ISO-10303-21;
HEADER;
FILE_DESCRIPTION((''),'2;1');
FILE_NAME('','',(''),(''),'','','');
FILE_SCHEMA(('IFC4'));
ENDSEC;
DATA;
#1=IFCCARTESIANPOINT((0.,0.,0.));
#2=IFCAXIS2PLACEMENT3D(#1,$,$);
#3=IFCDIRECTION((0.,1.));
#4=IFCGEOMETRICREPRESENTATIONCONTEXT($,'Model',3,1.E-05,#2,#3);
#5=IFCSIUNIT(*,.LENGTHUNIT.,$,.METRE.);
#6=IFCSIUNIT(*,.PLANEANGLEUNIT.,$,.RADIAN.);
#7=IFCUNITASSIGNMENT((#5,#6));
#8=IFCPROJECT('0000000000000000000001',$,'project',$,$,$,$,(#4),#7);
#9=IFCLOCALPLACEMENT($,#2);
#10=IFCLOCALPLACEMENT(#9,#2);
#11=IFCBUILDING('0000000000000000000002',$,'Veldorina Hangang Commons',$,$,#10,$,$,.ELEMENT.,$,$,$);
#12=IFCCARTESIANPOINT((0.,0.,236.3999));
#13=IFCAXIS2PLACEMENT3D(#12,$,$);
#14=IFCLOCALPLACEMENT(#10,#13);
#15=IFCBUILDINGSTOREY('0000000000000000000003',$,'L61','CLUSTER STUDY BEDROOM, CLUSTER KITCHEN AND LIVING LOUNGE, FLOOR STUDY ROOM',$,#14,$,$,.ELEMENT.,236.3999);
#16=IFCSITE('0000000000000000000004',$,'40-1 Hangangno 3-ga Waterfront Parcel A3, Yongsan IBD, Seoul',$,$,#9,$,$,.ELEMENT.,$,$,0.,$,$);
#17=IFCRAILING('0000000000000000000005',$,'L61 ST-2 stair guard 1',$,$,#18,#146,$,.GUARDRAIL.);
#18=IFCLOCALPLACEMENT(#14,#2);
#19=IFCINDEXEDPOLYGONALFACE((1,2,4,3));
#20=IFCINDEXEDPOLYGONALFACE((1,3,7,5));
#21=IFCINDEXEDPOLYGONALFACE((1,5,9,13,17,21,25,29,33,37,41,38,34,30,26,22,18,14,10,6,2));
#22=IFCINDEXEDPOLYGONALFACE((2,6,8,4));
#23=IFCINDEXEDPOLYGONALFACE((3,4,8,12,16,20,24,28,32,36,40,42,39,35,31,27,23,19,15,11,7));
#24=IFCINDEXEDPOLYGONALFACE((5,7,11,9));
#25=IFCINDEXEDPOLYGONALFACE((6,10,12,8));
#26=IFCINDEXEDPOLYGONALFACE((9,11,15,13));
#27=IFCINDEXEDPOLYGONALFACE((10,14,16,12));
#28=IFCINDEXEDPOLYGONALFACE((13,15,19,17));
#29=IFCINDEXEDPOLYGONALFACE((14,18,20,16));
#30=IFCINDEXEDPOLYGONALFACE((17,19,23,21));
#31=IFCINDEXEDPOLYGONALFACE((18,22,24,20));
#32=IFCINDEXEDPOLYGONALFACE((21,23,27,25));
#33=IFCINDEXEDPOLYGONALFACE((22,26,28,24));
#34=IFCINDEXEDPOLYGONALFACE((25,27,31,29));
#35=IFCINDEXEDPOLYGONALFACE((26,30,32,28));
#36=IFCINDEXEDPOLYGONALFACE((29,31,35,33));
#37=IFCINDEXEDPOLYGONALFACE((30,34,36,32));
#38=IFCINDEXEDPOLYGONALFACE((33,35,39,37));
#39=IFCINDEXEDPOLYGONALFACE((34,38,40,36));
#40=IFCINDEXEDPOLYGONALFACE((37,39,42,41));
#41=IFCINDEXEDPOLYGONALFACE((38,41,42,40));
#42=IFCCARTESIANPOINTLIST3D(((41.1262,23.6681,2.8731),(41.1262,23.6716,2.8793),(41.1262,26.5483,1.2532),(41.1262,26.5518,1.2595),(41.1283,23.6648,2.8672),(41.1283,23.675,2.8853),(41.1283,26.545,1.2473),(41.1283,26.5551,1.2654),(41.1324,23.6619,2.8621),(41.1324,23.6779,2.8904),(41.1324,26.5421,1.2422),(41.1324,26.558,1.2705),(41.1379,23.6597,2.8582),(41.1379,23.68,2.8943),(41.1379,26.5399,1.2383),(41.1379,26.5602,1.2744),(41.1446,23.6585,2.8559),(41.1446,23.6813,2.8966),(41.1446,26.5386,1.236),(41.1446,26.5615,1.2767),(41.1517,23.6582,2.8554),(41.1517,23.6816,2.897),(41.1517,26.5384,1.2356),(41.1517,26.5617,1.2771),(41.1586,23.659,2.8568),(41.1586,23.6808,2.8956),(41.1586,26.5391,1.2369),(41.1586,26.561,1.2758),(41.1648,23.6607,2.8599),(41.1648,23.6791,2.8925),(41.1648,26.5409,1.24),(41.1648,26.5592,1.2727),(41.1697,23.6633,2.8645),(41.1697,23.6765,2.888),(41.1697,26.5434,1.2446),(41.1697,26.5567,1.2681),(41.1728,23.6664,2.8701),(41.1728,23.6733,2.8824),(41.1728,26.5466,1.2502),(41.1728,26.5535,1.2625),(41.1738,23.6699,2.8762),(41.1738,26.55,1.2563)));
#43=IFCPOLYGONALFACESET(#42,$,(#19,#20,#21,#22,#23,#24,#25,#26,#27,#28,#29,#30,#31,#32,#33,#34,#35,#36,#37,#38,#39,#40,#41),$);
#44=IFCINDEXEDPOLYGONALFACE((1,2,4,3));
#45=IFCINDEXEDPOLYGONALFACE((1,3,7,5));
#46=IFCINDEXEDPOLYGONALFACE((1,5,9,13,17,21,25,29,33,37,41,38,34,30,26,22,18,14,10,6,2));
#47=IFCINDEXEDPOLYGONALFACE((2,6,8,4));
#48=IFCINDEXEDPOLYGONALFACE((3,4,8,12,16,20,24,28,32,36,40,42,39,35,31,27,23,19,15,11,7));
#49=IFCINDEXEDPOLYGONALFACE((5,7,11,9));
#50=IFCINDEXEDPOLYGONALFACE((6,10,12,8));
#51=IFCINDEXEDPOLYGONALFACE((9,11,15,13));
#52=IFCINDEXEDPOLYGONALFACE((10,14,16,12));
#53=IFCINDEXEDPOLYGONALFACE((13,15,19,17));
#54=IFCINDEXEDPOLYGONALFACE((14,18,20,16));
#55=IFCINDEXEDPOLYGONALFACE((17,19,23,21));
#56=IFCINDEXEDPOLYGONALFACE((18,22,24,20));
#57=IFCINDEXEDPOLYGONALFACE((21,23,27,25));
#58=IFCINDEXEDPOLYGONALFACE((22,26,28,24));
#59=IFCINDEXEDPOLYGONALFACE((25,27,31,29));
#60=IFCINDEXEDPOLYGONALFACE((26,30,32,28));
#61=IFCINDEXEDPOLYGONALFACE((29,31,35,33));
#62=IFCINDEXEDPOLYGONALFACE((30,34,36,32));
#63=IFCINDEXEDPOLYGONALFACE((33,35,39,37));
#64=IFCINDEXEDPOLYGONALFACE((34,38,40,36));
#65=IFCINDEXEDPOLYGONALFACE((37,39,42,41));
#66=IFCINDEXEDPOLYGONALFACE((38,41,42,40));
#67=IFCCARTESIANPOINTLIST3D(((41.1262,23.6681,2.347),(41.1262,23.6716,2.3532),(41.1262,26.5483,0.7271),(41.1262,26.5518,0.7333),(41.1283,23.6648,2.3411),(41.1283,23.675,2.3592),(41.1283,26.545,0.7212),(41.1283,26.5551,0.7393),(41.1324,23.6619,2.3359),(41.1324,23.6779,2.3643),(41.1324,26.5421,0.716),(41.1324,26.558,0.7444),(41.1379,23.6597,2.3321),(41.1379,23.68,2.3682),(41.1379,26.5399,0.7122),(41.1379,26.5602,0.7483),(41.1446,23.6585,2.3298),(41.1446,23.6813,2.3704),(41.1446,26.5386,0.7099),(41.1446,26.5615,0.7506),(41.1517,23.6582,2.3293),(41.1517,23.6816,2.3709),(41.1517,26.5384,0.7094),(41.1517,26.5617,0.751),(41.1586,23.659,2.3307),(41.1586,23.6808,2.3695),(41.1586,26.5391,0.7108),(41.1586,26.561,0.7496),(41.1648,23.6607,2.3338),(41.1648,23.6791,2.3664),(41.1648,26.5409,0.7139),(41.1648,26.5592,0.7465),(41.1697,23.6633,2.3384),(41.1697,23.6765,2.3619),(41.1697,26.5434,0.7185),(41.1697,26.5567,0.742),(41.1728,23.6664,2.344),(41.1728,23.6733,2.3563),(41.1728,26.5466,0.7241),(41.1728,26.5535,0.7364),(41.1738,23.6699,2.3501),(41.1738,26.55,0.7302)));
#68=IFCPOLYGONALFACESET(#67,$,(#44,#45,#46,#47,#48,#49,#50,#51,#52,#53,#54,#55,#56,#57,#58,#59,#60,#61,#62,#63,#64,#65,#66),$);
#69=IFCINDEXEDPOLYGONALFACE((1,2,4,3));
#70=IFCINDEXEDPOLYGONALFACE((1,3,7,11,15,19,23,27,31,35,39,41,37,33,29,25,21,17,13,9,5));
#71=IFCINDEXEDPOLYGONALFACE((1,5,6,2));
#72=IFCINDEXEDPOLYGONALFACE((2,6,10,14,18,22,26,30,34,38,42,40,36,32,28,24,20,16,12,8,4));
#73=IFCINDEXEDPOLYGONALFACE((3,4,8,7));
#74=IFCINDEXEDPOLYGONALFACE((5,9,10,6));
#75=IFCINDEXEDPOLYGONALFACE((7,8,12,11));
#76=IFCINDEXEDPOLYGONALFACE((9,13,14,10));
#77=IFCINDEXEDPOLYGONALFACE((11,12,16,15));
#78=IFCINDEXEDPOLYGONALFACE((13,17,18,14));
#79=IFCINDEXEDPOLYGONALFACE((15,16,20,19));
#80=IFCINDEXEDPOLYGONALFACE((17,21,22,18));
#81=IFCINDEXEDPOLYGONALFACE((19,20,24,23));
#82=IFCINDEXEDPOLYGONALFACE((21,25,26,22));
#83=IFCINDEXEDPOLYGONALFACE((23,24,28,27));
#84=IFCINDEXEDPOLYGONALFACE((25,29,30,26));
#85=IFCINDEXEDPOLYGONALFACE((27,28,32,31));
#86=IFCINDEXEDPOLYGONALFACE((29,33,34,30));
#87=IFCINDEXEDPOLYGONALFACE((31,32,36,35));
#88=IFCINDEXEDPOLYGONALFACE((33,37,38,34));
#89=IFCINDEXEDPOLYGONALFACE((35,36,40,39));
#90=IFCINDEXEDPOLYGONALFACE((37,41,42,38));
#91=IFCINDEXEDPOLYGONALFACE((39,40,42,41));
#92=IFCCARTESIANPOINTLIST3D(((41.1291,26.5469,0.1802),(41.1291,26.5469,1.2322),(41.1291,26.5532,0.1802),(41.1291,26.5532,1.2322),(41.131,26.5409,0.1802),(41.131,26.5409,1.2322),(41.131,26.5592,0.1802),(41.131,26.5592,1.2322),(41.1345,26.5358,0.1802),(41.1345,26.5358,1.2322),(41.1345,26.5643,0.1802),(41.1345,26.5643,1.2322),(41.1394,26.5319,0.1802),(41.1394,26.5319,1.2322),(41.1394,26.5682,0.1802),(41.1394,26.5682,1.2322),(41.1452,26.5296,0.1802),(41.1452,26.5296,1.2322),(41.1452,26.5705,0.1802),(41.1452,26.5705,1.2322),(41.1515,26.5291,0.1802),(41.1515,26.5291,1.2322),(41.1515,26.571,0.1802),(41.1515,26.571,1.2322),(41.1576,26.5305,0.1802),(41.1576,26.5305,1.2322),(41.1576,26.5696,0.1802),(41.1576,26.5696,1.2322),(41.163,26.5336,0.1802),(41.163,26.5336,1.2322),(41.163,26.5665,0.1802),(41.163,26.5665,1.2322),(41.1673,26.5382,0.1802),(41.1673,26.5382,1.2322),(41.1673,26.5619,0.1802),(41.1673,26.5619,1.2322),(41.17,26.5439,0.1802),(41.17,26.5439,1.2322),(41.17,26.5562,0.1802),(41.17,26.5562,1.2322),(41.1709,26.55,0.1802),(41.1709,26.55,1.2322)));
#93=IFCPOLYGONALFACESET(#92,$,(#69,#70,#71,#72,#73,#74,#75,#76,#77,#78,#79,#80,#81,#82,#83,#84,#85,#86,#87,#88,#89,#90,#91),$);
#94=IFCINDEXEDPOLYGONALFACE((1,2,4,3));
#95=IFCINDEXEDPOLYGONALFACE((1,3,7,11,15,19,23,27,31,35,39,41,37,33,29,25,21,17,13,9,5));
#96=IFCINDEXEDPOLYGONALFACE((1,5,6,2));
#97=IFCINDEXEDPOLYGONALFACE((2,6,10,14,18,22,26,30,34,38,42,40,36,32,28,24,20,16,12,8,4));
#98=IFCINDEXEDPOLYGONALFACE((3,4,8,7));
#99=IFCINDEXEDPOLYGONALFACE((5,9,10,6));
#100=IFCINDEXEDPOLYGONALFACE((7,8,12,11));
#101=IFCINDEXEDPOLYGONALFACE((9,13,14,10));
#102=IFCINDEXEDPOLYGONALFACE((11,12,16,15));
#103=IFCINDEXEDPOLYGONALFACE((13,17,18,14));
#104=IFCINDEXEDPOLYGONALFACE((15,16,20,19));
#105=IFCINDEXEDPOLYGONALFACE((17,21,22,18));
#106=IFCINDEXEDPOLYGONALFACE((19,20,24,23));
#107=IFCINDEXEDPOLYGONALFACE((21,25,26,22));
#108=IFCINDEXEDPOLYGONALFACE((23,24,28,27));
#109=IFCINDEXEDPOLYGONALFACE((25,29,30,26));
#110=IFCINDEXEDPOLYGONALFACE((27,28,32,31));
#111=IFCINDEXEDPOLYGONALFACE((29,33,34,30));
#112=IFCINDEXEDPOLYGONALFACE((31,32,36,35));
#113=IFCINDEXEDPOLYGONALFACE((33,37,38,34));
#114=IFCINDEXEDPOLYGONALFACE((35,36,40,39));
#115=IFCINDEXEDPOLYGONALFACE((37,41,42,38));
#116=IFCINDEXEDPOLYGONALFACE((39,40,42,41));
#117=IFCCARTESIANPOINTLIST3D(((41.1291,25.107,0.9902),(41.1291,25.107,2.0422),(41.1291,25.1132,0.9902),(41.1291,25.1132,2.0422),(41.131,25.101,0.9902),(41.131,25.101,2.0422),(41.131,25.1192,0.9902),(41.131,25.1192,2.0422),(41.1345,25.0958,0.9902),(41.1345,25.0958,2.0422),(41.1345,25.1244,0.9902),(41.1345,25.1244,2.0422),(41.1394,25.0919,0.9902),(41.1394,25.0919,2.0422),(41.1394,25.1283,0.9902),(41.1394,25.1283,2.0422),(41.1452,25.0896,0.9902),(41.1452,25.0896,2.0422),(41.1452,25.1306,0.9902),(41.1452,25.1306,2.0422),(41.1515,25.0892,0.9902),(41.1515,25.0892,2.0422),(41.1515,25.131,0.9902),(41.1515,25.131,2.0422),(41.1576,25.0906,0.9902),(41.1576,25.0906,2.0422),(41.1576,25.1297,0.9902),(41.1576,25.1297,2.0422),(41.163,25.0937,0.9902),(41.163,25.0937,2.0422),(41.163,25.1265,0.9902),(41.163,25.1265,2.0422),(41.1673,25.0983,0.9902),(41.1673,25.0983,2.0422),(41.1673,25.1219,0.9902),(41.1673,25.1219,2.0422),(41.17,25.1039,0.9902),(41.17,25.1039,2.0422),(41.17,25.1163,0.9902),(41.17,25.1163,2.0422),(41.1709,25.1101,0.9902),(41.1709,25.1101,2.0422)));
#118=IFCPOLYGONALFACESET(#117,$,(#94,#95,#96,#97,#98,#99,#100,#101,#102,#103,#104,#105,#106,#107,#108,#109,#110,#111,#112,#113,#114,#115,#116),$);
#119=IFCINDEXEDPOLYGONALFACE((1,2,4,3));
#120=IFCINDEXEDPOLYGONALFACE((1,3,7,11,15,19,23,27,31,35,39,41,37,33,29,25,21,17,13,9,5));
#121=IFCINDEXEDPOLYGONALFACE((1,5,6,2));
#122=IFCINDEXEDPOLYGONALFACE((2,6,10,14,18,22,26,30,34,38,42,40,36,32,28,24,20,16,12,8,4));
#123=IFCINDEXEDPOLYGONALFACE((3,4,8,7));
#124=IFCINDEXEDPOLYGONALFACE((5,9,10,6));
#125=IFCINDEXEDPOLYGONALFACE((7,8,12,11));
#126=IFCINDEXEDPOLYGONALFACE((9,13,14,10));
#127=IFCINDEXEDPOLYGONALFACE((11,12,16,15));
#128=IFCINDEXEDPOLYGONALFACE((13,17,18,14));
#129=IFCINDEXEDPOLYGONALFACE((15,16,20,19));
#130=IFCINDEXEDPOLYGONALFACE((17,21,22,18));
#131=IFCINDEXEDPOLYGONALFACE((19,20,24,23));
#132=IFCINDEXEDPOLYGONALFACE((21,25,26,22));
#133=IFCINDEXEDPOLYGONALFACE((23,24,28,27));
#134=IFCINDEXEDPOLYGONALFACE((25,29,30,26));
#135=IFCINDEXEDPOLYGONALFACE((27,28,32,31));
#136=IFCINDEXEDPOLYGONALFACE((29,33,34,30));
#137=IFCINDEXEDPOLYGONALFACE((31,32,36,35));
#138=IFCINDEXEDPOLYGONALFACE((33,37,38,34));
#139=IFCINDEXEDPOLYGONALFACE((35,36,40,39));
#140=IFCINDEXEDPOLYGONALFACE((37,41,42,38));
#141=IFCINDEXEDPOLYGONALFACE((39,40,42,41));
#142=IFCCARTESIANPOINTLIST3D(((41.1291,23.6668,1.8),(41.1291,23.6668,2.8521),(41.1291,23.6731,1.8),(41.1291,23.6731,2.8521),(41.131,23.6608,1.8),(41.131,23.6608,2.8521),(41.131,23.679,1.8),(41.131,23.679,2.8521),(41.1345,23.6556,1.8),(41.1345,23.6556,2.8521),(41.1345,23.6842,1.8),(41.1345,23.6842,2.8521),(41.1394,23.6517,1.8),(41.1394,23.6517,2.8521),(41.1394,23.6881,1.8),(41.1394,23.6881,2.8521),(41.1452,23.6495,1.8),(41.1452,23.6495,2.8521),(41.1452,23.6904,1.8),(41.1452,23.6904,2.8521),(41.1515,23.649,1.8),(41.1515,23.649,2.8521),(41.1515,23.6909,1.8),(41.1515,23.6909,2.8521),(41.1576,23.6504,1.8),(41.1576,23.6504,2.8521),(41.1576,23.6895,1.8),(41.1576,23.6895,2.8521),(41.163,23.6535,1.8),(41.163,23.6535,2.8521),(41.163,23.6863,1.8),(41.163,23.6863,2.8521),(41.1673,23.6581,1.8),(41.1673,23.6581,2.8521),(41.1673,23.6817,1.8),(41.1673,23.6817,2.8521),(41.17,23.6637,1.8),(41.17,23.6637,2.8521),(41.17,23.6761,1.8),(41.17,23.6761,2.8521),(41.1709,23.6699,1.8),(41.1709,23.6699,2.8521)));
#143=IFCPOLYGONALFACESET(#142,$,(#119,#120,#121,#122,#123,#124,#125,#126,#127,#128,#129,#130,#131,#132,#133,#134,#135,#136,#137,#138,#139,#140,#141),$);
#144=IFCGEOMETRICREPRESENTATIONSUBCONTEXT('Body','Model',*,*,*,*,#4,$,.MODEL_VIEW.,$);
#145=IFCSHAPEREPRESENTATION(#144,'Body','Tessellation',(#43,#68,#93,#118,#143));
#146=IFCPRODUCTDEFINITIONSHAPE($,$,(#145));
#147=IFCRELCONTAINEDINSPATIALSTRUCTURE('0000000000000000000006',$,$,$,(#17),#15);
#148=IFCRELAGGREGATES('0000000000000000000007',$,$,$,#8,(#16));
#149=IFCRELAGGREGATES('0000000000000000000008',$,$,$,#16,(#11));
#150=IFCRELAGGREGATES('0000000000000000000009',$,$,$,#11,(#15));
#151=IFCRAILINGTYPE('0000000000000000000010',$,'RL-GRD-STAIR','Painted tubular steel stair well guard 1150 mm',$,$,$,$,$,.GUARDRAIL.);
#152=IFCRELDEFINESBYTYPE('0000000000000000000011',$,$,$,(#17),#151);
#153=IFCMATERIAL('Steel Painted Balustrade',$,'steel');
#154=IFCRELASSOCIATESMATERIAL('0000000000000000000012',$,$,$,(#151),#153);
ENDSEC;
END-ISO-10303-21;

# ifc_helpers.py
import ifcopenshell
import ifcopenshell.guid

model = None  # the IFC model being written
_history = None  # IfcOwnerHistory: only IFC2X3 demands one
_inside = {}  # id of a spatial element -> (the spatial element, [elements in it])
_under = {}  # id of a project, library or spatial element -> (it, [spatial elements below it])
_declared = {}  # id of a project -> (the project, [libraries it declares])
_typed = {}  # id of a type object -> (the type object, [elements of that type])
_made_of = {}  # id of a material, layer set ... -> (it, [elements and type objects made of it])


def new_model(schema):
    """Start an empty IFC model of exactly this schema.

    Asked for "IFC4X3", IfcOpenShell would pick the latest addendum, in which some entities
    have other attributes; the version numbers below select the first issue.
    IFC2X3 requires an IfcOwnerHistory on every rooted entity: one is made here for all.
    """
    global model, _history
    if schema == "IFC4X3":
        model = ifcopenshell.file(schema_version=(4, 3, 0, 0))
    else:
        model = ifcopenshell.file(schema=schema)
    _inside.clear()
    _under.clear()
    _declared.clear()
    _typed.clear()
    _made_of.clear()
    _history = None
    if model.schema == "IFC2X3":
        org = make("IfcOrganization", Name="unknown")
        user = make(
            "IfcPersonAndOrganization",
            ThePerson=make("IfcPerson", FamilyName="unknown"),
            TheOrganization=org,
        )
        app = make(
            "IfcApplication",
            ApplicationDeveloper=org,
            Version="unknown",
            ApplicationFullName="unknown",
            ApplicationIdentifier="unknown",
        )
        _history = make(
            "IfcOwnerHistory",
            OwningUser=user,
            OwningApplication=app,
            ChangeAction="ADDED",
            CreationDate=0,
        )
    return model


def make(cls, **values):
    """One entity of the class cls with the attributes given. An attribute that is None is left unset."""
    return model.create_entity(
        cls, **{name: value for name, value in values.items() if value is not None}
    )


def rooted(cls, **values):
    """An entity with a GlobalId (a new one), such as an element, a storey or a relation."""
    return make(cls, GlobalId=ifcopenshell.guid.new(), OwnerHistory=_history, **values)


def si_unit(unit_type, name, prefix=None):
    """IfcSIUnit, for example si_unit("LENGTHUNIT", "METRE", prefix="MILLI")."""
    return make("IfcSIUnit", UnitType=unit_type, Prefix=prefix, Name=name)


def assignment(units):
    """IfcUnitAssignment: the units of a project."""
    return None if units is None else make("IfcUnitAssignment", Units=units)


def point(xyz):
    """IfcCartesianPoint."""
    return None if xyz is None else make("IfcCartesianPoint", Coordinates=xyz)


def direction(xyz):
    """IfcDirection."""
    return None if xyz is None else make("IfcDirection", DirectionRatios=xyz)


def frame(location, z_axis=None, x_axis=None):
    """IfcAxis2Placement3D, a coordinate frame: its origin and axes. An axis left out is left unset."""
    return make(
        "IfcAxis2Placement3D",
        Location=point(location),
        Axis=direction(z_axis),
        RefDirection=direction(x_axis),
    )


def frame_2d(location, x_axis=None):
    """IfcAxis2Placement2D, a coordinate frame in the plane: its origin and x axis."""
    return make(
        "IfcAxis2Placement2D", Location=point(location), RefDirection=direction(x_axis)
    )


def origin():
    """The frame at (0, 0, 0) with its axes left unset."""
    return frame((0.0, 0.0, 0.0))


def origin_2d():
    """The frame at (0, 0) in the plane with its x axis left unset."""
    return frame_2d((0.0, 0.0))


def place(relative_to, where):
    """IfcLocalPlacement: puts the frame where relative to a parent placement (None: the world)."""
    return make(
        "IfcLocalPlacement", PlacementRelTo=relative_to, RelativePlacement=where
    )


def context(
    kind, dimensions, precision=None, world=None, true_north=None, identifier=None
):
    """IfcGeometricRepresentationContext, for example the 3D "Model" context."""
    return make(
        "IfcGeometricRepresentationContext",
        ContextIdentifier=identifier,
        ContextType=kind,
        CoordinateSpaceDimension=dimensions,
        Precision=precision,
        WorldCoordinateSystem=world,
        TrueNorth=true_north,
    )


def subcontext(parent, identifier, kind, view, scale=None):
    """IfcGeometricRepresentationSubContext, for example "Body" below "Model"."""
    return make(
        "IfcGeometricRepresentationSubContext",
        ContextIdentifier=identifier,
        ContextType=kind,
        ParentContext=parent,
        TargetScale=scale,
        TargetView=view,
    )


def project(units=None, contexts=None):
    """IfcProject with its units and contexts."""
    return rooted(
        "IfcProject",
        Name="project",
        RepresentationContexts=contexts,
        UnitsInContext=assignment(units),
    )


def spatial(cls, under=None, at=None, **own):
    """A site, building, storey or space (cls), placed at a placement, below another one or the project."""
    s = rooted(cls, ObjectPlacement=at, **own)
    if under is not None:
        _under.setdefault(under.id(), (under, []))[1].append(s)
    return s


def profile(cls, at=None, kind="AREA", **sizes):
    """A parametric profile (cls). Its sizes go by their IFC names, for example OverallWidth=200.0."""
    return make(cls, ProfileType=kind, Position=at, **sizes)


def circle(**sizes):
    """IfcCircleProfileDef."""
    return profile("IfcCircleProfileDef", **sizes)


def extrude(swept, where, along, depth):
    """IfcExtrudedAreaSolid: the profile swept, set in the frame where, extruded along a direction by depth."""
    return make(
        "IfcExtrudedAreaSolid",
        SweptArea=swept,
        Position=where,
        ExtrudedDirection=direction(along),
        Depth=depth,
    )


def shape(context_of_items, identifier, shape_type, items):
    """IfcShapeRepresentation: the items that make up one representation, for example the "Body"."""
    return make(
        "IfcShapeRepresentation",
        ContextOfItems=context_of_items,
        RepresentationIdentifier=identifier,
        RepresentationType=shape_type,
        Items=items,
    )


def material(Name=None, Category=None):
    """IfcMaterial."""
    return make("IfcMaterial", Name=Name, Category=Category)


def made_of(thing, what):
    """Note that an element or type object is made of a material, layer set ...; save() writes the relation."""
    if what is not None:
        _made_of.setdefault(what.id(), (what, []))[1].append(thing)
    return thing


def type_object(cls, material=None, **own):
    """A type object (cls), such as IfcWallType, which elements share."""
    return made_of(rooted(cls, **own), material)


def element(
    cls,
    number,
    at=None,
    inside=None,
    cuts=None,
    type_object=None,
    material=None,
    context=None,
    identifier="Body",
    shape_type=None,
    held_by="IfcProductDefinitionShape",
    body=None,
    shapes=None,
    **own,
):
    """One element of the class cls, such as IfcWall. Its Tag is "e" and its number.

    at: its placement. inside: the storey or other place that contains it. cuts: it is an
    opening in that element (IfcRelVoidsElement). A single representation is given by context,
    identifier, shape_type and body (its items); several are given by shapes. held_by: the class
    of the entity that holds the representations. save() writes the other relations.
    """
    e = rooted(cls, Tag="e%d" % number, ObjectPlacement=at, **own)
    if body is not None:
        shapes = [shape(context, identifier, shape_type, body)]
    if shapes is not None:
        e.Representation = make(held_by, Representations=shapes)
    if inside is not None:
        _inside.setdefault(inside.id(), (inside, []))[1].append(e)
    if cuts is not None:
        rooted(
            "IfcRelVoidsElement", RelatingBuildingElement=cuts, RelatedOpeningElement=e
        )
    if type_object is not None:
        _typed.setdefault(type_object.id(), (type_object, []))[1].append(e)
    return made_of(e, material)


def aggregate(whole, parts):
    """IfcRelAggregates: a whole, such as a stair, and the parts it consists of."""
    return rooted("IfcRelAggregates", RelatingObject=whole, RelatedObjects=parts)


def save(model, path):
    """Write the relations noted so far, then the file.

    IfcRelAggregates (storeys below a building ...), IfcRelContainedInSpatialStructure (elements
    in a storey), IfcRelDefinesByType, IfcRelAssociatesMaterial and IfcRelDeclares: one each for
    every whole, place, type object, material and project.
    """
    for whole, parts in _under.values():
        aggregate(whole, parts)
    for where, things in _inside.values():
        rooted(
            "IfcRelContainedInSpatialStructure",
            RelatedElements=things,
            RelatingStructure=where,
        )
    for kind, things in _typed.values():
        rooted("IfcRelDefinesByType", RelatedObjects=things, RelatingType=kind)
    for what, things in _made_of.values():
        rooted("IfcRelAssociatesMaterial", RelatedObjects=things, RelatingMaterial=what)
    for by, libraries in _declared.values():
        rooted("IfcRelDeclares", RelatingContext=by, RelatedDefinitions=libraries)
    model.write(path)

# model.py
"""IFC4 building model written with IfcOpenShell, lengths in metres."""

from ifc_helpers import new_model, si_unit, direction, frame, origin, origin_2d, place, context, subcontext, project, spatial, circle, extrude, material, type_object, element, save


model = new_model("IFC4")

# Units and contexts
model_context = context("Model", 3, precision=1e-05, world=origin(), true_north=direction((0.0, 1.0)))
body_context = subcontext(model_context, "Body", "Model", "MODEL_VIEW")
ifc_project = project(units=[si_unit("LENGTHUNIT", "METRE"), si_unit("PLANEANGLEUNIT", "RADIAN")], contexts=[model_context])

# Site, building, storey
site_placement = place(None, origin())
site = spatial("IfcSite", under=ifc_project, at=site_placement, Name="40-1 Hangangno 3-ga Waterfront Parcel A3, Yongsan IBD, Seoul", CompositionType="ELEMENT", RefElevation=0.0)
building_placement = place(site_placement, origin())
building = spatial("IfcBuilding", under=site, at=building_placement, Name="Veldorina Hangang Commons", CompositionType="ELEMENT")
storey_placement = place(building_placement, frame((0.0, 0.0, 236.3999)))
storey = spatial("IfcBuildingStorey", under=building, at=storey_placement, Name="L61", Description="CLUSTER STUDY BEDROOM, CLUSTER KITCHEN AND LIVING LOUNGE, FLOOR STUDY ROOM", CompositionType="ELEMENT", Elevation=236.3999)

# Railing
ifc_material_1 = material(Name="Steel Painted Balustrade", Category="steel")
railing_type_1 = type_object("IfcRailingType", Name="RL-GRD-STAIR", Description="Painted tubular steel stair well guard 1150 mm", PredefinedType="GUARDRAIL", material=ifc_material_1)
railing_1_placement = place(storey_placement, frame((41.1499, 26.55, 0.1802)))
element("IfcRailing", 1, at=railing_1_placement, inside=storey, type_object=railing_type_1, Name="L61 ST-2 stair guard 1", PredefinedType="GUARDRAIL", context=body_context, shape_type="SweptSolid", body=[
    extrude(circle(Radius=0.0239, at=origin_2d()), frame((0.0, 0.0, 1.0762), z_axis=(0.0, -0.871601, 0.490216), x_axis=(1.0, 0.0, 0.0)), (0.0, 0.0, 1.0), 3.3044),
    extrude(circle(Radius=0.0239, at=origin_2d()), frame((0.0, 0.0, 0.55), z_axis=(0.0, -0.871601, 0.490216), x_axis=(1.0, 0.0, 0.0)), (0.0, 0.0, 1.0), 3.3044),
    extrude(circle(Radius=0.021, at=origin_2d()), origin(), (0.0, 0.0, 1.0), 1.052),
    extrude(circle(Radius=0.021, at=origin_2d()), frame((0.0, -1.4399, 0.8101)), (0.0, 0.0, 1.0), 1.052),
    extrude(circle(Radius=0.021, at=origin_2d()), frame((0.0, -2.8801, 1.6199)), (0.0, 0.0, 1.0), 1.052),
])

save(model, "model.ifc")
